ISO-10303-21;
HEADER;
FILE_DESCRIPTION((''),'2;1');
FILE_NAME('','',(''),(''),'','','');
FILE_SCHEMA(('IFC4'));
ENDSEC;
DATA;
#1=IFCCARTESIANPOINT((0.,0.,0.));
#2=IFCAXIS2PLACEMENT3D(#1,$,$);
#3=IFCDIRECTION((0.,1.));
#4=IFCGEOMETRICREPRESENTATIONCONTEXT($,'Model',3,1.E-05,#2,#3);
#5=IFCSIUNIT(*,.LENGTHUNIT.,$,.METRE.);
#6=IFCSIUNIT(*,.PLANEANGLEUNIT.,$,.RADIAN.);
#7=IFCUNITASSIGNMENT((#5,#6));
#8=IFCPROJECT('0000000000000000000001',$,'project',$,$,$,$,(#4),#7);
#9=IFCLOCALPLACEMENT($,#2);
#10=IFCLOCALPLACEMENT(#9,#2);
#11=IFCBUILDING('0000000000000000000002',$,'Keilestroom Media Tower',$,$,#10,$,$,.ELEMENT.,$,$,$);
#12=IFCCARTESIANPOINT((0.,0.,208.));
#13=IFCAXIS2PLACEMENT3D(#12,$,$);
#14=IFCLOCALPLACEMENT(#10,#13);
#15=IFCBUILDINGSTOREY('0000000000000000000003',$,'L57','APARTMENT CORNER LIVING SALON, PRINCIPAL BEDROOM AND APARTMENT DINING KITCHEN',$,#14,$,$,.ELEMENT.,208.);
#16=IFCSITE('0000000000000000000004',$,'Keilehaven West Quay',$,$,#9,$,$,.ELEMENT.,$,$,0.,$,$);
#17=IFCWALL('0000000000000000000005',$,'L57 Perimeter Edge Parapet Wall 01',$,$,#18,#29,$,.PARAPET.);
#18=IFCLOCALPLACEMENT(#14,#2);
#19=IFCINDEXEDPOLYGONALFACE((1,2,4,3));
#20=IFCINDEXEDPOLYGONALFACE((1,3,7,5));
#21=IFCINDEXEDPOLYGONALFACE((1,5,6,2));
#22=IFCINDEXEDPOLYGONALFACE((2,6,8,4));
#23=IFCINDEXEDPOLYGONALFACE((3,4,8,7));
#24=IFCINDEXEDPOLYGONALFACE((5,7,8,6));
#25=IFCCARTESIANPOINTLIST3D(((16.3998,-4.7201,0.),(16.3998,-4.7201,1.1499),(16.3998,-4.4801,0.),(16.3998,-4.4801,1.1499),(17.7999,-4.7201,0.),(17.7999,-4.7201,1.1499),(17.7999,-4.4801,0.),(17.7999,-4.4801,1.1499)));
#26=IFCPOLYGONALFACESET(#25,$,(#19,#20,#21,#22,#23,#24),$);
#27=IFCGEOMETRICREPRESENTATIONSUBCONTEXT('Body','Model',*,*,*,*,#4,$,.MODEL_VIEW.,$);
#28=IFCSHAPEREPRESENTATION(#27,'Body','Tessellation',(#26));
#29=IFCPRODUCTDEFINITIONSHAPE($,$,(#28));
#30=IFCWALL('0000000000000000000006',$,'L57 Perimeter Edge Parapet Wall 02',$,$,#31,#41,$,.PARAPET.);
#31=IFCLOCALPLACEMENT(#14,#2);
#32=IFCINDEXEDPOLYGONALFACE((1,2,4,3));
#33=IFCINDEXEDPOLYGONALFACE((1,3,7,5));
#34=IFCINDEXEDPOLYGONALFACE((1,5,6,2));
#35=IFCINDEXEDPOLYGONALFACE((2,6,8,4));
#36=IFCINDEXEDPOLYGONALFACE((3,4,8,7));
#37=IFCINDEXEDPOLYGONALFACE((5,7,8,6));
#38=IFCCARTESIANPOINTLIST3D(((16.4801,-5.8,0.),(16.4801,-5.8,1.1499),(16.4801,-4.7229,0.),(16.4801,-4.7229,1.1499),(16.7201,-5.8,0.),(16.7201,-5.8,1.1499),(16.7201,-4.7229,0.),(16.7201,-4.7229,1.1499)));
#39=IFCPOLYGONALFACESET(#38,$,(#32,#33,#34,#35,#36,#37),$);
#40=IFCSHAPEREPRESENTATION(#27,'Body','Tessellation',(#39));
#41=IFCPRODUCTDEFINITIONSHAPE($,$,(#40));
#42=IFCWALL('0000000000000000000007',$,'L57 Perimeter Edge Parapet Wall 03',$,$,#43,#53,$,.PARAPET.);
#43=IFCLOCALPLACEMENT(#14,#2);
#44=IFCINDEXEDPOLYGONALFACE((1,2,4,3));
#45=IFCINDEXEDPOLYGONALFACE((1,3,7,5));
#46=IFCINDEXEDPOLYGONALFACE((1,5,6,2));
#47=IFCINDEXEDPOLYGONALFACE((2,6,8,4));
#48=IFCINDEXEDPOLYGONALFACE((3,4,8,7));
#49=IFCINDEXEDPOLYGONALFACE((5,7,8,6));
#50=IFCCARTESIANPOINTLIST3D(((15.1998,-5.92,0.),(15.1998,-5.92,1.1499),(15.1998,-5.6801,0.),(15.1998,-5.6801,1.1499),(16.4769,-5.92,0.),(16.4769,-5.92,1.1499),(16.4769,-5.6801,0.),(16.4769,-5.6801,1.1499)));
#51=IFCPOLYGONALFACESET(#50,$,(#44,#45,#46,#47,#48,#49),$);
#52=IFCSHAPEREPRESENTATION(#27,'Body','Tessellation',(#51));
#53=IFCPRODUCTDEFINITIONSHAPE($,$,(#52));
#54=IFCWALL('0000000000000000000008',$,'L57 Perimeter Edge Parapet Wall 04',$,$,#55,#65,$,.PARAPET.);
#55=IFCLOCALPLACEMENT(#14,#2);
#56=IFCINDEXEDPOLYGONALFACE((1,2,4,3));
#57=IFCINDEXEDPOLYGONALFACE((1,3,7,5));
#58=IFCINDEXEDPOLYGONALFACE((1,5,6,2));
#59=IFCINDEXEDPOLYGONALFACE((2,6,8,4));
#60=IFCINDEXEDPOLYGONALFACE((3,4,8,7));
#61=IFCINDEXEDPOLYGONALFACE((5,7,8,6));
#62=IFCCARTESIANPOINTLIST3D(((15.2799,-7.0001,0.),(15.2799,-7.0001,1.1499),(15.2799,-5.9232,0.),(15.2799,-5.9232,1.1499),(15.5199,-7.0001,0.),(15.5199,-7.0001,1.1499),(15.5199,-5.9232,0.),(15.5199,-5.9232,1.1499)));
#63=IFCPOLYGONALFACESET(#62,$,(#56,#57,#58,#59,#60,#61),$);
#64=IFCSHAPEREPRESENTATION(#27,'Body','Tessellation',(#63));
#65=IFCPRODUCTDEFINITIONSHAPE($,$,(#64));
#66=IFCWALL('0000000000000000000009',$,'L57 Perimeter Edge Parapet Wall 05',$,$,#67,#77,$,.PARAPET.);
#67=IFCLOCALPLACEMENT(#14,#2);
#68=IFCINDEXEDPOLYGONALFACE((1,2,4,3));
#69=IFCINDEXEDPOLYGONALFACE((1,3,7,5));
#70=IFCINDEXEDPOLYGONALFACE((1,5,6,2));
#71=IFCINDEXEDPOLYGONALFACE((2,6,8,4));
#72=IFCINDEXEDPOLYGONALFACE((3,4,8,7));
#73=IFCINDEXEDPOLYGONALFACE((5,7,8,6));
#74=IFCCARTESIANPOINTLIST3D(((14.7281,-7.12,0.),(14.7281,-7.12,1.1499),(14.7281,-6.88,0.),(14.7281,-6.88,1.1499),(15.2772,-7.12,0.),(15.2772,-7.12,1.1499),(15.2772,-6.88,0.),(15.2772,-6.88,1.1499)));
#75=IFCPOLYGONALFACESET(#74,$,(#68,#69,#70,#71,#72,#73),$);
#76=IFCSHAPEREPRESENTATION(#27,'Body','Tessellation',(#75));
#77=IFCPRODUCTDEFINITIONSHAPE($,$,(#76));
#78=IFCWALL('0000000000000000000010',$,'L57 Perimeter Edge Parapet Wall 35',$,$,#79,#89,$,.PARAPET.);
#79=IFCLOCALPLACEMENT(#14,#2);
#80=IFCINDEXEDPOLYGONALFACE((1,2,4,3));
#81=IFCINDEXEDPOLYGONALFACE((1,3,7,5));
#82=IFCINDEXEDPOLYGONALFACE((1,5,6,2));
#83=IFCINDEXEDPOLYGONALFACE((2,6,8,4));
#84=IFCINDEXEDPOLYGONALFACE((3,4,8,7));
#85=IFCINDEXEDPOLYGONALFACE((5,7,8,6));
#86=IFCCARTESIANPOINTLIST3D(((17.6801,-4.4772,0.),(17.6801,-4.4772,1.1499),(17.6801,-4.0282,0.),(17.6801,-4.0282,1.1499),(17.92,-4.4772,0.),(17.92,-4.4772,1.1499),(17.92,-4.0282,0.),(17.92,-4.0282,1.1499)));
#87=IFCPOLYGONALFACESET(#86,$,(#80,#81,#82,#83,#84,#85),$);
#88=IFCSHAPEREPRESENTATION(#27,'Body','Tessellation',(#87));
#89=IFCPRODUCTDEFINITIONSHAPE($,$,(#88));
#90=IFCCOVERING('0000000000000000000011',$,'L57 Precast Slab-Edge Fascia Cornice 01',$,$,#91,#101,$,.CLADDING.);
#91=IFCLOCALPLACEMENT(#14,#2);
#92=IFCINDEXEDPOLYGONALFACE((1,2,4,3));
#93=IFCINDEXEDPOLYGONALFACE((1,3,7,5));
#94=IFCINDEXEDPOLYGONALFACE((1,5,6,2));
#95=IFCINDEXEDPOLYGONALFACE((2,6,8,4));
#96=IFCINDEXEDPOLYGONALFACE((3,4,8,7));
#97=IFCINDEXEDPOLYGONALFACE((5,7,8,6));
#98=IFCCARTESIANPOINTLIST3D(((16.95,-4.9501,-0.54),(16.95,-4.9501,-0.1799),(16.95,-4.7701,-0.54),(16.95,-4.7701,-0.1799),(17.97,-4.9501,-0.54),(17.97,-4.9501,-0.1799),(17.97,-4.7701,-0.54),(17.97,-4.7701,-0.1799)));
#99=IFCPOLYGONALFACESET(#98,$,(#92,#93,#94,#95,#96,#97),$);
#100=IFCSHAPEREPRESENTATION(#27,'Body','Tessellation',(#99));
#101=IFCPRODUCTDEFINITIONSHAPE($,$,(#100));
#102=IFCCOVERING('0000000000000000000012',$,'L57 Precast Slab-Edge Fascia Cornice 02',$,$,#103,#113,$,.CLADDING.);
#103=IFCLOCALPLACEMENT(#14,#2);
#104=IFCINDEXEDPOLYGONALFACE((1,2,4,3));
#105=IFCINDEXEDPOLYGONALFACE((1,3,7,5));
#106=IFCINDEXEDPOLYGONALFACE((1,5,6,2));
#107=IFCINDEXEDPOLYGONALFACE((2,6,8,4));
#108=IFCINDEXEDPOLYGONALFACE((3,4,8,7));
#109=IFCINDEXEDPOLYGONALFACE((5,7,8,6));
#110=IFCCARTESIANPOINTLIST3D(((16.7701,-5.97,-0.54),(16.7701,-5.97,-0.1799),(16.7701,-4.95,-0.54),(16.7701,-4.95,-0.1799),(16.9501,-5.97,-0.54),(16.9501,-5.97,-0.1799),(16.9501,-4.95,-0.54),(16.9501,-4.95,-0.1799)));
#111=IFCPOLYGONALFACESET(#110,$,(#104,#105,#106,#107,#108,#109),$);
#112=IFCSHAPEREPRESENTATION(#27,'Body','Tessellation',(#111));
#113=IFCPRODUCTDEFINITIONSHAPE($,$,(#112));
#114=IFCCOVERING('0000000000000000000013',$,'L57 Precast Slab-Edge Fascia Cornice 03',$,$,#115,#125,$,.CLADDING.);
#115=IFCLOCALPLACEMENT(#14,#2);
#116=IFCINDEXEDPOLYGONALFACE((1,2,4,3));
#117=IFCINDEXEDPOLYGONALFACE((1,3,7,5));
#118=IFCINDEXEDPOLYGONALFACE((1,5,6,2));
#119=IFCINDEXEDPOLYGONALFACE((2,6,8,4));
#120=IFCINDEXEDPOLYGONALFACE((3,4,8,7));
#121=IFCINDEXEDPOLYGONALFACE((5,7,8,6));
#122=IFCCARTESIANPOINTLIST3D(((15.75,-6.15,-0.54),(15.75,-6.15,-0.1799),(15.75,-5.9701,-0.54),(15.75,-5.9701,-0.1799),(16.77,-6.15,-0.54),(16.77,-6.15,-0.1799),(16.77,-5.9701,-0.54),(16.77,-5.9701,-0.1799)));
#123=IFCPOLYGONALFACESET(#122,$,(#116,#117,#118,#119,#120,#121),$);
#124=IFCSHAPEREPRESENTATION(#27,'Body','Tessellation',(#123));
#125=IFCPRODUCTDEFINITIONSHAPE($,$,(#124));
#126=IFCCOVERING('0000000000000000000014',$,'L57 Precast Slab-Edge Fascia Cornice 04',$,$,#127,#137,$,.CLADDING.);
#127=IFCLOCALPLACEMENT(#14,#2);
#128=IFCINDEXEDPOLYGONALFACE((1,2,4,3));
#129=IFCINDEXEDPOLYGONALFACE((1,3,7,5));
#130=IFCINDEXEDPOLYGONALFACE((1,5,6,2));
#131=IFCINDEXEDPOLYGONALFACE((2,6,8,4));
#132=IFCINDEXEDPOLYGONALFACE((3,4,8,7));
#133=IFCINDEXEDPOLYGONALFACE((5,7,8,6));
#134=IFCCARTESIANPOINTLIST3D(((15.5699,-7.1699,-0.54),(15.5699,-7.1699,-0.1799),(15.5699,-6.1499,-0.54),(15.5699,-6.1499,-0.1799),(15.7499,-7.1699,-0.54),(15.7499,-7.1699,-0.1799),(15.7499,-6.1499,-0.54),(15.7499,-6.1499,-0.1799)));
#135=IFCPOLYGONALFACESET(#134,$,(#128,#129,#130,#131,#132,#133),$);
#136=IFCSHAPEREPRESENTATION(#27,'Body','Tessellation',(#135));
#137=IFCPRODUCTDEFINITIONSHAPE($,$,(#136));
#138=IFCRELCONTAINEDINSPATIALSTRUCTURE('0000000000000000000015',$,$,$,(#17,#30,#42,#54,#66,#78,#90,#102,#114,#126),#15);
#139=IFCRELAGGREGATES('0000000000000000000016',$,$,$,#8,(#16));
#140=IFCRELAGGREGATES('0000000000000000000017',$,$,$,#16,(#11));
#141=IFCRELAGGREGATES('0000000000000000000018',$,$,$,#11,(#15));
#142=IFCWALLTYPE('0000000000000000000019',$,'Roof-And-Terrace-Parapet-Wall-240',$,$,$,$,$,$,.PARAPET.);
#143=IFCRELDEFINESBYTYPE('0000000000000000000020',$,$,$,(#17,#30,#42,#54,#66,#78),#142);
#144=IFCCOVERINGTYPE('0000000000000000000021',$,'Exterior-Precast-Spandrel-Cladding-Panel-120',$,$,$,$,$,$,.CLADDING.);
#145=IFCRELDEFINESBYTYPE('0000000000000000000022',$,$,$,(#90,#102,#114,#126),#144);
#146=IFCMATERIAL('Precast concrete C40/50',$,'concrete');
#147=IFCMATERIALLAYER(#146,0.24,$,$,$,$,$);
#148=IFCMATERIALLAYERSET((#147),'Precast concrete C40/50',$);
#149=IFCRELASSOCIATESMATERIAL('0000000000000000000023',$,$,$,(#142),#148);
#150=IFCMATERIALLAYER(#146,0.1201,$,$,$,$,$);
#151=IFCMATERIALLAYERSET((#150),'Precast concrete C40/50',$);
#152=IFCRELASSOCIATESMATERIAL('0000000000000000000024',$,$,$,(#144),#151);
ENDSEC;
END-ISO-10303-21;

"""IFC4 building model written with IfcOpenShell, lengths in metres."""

from ifc_helpers import new_model, si_unit, direction, frame, frame_2d, origin, origin_2d, place, context, subcontext, project, spatial, rectangle, extrude, source, transform, mapped, material, layer, layer_set, type_object, element, save


model = new_model("IFC4")

# Units and contexts
model_context = context("Model", 3, precision=1e-05, world=origin(), true_north=direction((0.0, 1.0)))
body_context = subcontext(model_context, "Body", "Model", "MODEL_VIEW")
ifc_project = project(units=[si_unit("LENGTHUNIT", "METRE"), si_unit("PLANEANGLEUNIT", "RADIAN")], contexts=[model_context])

# Site, building, storey
site_placement = place(None, origin())
site = spatial("IfcSite", under=ifc_project, at=site_placement, Name="Keilehaven West Quay", CompositionType="ELEMENT", RefElevation=0.0)
building_placement = place(site_placement, origin())
building = spatial("IfcBuilding", under=site, at=building_placement, Name="Keilestroom Media Tower", CompositionType="ELEMENT")
storey_placement = place(building_placement, frame((0.0, 0.0, 208.0)))
storey = spatial("IfcBuildingStorey", under=building, at=storey_placement, Name="L57", Description="APARTMENT CORNER LIVING SALON, PRINCIPAL BEDROOM AND APARTMENT DINING KITCHEN", CompositionType="ELEMENT", Elevation=208.0)

# Shared definitions
ifc_material_1 = material(Name="Precast concrete C40/50", Category="concrete")

# Walls
ifc_layer_1 = layer(ifc_material_1, 0.24)
ifc_layer_set_1 = layer_set([ifc_layer_1], Name="Precast concrete C40/50")
wall_type = type_object("IfcWallType", Name="Roof-And-Terrace-Parapet-Wall-240", PredefinedType="PARAPET", material=ifc_layer_set_1)
wall_1_placement = place(storey_placement, frame((17.8, -4.6001, 0.0), z_axis=(0.0, 0.0, 1.0), x_axis=(-1.0, 0.0, 0.0)))
element("IfcWall", 1, at=wall_1_placement, inside=storey, type_object=wall_type, Name="L57 Perimeter Edge Parapet Wall 01", PredefinedType="PARAPET", context=body_context, shape_type="SweptSolid", body=[
    extrude(rectangle(XDim=1.4001, YDim=0.24, at=frame_2d((0.7002, 0.0))), origin(), (0.0, 0.0, 1.0), 1.1499),
])
wall_2_placement = place(storey_placement, frame((16.6001, -4.7229, 0.0), z_axis=(0.0, 0.0, 1.0), x_axis=(0.0, -1.0, 0.0)))
element("IfcWall", 2, at=wall_2_placement, inside=storey, type_object=wall_type, Name="L57 Perimeter Edge Parapet Wall 02", PredefinedType="PARAPET", context=body_context, shape_type="SweptSolid", body=[
    extrude(rectangle(XDim=1.0771, YDim=0.24, at=frame_2d((0.5386, 0.0))), origin(), (0.0, 0.0, 1.0), 1.1499),
])
wall_3_placement = place(storey_placement, frame((16.4771, -5.8, 0.0), z_axis=(0.0, 0.0, 1.0), x_axis=(-1.0, 0.0, 0.0)))
element("IfcWall", 3, at=wall_3_placement, inside=storey, type_object=wall_type, Name="L57 Perimeter Edge Parapet Wall 03", PredefinedType="PARAPET", context=body_context, shape_type="SweptSolid", body=[
    extrude(rectangle(XDim=1.2771, YDim=0.24, at=frame_2d((0.6387, 0.0))), origin(), (0.0, 0.0, 1.0), 1.1499),
])
wall_4_placement = place(storey_placement, frame((15.3999, -5.9231, 0.0), z_axis=(0.0, 0.0, 1.0), x_axis=(0.0, -1.0, 0.0)))
element("IfcWall", 4, at=wall_4_placement, inside=storey, type_object=wall_type, Name="L57 Perimeter Edge Parapet Wall 04", PredefinedType="PARAPET", context=body_context, shape_type="SweptSolid", body=[
    extrude(rectangle(XDim=1.0769, YDim=0.24, at=frame_2d((0.5386, 0.0))), origin(), (0.0, 0.0, 1.0), 1.1499),
])
wall_5_placement = place(storey_placement, frame((15.2771, -7.0, 0.0), z_axis=(0.0, 0.0, 1.0), x_axis=(-1.0, 0.0, 0.0)))
element("IfcWall", 5, at=wall_5_placement, inside=storey, type_object=wall_type, Name="L57 Perimeter Edge Parapet Wall 05", PredefinedType="PARAPET", context=body_context, shape_type="SweptSolid", body=[
    extrude(rectangle(XDim=0.5491, YDim=0.24, at=frame_2d((0.2744, 0.0))), origin(), (0.0, 0.0, 1.0), 1.1499),
])
wall_6_placement = place(storey_placement, frame((17.8, -4.0281, 0.0), z_axis=(0.0, 0.0, 1.0), x_axis=(0.0, -1.0, 0.0)))
element("IfcWall", 6, at=wall_6_placement, inside=storey, type_object=wall_type, Name="L57 Perimeter Edge Parapet Wall 35", PredefinedType="PARAPET", context=body_context, shape_type="SweptSolid", body=[
    extrude(rectangle(XDim=0.449, YDim=0.24, at=frame_2d((0.2246, 0.0))), origin(), (0.0, 0.0, 1.0), 1.1499),
])

# Coverings
ifc_layer_2 = layer(ifc_material_1, 0.1201)
ifc_layer_set_2 = layer_set([ifc_layer_2], Name="Precast concrete C40/50")
covering_type = type_object("IfcCoveringType", Name="Exterior-Precast-Spandrel-Cladding-Panel-120", PredefinedType="CLADDING", material=ifc_layer_set_2)
shared_shape_1 = source(origin(), body_context, "Body", "SweptSolid", [
    extrude(rectangle(XDim=1.02, YDim=0.1799, at=origin_2d()), origin(), (0.0, 0.0, 1.0), 0.3601),
])
for number, where, z_axis, x_axis, name in (
    (7, (17.46, -4.8601, -0.54), (0.0, 0.0, 1.0), (-1.0, 0.0, 0.0), "L57 Precast Slab-Edge Fascia Cornice 01"),
    (8, (16.8601, -5.46, -0.54), (0.0, 0.0, 1.0), (0.0, -1.0, 0.0), "L57 Precast Slab-Edge Fascia Cornice 02"),
    (9, (16.26, -6.0601, -0.54), (0.0, 0.0, 1.0), (-1.0, 0.0, 0.0), "L57 Precast Slab-Edge Fascia Cornice 03"),
    (10, (15.6599, -6.6599, -0.54), (0.0, 0.0, 1.0), (0.0, -1.0, 0.0), "L57 Precast Slab-Edge Fascia Cornice 04"),
):
    element("IfcCovering", number, at=place(storey_placement, frame(where, z_axis=z_axis, x_axis=x_axis)), inside=storey, type_object=covering_type, Name=name, PredefinedType="CLADDING", context=body_context, shape_type="MappedRepresentation", body=[
        mapped(shared_shape_1, transform((0.0, 0.0, 0.0), x_axis=(1.0, 0.0, 0.0), y_axis=(0.0, 1.0, 0.0), z_axis=(0.0, 0.0, 1.0), scale=1.0)),
    ])

save(model, "model.ifc")
